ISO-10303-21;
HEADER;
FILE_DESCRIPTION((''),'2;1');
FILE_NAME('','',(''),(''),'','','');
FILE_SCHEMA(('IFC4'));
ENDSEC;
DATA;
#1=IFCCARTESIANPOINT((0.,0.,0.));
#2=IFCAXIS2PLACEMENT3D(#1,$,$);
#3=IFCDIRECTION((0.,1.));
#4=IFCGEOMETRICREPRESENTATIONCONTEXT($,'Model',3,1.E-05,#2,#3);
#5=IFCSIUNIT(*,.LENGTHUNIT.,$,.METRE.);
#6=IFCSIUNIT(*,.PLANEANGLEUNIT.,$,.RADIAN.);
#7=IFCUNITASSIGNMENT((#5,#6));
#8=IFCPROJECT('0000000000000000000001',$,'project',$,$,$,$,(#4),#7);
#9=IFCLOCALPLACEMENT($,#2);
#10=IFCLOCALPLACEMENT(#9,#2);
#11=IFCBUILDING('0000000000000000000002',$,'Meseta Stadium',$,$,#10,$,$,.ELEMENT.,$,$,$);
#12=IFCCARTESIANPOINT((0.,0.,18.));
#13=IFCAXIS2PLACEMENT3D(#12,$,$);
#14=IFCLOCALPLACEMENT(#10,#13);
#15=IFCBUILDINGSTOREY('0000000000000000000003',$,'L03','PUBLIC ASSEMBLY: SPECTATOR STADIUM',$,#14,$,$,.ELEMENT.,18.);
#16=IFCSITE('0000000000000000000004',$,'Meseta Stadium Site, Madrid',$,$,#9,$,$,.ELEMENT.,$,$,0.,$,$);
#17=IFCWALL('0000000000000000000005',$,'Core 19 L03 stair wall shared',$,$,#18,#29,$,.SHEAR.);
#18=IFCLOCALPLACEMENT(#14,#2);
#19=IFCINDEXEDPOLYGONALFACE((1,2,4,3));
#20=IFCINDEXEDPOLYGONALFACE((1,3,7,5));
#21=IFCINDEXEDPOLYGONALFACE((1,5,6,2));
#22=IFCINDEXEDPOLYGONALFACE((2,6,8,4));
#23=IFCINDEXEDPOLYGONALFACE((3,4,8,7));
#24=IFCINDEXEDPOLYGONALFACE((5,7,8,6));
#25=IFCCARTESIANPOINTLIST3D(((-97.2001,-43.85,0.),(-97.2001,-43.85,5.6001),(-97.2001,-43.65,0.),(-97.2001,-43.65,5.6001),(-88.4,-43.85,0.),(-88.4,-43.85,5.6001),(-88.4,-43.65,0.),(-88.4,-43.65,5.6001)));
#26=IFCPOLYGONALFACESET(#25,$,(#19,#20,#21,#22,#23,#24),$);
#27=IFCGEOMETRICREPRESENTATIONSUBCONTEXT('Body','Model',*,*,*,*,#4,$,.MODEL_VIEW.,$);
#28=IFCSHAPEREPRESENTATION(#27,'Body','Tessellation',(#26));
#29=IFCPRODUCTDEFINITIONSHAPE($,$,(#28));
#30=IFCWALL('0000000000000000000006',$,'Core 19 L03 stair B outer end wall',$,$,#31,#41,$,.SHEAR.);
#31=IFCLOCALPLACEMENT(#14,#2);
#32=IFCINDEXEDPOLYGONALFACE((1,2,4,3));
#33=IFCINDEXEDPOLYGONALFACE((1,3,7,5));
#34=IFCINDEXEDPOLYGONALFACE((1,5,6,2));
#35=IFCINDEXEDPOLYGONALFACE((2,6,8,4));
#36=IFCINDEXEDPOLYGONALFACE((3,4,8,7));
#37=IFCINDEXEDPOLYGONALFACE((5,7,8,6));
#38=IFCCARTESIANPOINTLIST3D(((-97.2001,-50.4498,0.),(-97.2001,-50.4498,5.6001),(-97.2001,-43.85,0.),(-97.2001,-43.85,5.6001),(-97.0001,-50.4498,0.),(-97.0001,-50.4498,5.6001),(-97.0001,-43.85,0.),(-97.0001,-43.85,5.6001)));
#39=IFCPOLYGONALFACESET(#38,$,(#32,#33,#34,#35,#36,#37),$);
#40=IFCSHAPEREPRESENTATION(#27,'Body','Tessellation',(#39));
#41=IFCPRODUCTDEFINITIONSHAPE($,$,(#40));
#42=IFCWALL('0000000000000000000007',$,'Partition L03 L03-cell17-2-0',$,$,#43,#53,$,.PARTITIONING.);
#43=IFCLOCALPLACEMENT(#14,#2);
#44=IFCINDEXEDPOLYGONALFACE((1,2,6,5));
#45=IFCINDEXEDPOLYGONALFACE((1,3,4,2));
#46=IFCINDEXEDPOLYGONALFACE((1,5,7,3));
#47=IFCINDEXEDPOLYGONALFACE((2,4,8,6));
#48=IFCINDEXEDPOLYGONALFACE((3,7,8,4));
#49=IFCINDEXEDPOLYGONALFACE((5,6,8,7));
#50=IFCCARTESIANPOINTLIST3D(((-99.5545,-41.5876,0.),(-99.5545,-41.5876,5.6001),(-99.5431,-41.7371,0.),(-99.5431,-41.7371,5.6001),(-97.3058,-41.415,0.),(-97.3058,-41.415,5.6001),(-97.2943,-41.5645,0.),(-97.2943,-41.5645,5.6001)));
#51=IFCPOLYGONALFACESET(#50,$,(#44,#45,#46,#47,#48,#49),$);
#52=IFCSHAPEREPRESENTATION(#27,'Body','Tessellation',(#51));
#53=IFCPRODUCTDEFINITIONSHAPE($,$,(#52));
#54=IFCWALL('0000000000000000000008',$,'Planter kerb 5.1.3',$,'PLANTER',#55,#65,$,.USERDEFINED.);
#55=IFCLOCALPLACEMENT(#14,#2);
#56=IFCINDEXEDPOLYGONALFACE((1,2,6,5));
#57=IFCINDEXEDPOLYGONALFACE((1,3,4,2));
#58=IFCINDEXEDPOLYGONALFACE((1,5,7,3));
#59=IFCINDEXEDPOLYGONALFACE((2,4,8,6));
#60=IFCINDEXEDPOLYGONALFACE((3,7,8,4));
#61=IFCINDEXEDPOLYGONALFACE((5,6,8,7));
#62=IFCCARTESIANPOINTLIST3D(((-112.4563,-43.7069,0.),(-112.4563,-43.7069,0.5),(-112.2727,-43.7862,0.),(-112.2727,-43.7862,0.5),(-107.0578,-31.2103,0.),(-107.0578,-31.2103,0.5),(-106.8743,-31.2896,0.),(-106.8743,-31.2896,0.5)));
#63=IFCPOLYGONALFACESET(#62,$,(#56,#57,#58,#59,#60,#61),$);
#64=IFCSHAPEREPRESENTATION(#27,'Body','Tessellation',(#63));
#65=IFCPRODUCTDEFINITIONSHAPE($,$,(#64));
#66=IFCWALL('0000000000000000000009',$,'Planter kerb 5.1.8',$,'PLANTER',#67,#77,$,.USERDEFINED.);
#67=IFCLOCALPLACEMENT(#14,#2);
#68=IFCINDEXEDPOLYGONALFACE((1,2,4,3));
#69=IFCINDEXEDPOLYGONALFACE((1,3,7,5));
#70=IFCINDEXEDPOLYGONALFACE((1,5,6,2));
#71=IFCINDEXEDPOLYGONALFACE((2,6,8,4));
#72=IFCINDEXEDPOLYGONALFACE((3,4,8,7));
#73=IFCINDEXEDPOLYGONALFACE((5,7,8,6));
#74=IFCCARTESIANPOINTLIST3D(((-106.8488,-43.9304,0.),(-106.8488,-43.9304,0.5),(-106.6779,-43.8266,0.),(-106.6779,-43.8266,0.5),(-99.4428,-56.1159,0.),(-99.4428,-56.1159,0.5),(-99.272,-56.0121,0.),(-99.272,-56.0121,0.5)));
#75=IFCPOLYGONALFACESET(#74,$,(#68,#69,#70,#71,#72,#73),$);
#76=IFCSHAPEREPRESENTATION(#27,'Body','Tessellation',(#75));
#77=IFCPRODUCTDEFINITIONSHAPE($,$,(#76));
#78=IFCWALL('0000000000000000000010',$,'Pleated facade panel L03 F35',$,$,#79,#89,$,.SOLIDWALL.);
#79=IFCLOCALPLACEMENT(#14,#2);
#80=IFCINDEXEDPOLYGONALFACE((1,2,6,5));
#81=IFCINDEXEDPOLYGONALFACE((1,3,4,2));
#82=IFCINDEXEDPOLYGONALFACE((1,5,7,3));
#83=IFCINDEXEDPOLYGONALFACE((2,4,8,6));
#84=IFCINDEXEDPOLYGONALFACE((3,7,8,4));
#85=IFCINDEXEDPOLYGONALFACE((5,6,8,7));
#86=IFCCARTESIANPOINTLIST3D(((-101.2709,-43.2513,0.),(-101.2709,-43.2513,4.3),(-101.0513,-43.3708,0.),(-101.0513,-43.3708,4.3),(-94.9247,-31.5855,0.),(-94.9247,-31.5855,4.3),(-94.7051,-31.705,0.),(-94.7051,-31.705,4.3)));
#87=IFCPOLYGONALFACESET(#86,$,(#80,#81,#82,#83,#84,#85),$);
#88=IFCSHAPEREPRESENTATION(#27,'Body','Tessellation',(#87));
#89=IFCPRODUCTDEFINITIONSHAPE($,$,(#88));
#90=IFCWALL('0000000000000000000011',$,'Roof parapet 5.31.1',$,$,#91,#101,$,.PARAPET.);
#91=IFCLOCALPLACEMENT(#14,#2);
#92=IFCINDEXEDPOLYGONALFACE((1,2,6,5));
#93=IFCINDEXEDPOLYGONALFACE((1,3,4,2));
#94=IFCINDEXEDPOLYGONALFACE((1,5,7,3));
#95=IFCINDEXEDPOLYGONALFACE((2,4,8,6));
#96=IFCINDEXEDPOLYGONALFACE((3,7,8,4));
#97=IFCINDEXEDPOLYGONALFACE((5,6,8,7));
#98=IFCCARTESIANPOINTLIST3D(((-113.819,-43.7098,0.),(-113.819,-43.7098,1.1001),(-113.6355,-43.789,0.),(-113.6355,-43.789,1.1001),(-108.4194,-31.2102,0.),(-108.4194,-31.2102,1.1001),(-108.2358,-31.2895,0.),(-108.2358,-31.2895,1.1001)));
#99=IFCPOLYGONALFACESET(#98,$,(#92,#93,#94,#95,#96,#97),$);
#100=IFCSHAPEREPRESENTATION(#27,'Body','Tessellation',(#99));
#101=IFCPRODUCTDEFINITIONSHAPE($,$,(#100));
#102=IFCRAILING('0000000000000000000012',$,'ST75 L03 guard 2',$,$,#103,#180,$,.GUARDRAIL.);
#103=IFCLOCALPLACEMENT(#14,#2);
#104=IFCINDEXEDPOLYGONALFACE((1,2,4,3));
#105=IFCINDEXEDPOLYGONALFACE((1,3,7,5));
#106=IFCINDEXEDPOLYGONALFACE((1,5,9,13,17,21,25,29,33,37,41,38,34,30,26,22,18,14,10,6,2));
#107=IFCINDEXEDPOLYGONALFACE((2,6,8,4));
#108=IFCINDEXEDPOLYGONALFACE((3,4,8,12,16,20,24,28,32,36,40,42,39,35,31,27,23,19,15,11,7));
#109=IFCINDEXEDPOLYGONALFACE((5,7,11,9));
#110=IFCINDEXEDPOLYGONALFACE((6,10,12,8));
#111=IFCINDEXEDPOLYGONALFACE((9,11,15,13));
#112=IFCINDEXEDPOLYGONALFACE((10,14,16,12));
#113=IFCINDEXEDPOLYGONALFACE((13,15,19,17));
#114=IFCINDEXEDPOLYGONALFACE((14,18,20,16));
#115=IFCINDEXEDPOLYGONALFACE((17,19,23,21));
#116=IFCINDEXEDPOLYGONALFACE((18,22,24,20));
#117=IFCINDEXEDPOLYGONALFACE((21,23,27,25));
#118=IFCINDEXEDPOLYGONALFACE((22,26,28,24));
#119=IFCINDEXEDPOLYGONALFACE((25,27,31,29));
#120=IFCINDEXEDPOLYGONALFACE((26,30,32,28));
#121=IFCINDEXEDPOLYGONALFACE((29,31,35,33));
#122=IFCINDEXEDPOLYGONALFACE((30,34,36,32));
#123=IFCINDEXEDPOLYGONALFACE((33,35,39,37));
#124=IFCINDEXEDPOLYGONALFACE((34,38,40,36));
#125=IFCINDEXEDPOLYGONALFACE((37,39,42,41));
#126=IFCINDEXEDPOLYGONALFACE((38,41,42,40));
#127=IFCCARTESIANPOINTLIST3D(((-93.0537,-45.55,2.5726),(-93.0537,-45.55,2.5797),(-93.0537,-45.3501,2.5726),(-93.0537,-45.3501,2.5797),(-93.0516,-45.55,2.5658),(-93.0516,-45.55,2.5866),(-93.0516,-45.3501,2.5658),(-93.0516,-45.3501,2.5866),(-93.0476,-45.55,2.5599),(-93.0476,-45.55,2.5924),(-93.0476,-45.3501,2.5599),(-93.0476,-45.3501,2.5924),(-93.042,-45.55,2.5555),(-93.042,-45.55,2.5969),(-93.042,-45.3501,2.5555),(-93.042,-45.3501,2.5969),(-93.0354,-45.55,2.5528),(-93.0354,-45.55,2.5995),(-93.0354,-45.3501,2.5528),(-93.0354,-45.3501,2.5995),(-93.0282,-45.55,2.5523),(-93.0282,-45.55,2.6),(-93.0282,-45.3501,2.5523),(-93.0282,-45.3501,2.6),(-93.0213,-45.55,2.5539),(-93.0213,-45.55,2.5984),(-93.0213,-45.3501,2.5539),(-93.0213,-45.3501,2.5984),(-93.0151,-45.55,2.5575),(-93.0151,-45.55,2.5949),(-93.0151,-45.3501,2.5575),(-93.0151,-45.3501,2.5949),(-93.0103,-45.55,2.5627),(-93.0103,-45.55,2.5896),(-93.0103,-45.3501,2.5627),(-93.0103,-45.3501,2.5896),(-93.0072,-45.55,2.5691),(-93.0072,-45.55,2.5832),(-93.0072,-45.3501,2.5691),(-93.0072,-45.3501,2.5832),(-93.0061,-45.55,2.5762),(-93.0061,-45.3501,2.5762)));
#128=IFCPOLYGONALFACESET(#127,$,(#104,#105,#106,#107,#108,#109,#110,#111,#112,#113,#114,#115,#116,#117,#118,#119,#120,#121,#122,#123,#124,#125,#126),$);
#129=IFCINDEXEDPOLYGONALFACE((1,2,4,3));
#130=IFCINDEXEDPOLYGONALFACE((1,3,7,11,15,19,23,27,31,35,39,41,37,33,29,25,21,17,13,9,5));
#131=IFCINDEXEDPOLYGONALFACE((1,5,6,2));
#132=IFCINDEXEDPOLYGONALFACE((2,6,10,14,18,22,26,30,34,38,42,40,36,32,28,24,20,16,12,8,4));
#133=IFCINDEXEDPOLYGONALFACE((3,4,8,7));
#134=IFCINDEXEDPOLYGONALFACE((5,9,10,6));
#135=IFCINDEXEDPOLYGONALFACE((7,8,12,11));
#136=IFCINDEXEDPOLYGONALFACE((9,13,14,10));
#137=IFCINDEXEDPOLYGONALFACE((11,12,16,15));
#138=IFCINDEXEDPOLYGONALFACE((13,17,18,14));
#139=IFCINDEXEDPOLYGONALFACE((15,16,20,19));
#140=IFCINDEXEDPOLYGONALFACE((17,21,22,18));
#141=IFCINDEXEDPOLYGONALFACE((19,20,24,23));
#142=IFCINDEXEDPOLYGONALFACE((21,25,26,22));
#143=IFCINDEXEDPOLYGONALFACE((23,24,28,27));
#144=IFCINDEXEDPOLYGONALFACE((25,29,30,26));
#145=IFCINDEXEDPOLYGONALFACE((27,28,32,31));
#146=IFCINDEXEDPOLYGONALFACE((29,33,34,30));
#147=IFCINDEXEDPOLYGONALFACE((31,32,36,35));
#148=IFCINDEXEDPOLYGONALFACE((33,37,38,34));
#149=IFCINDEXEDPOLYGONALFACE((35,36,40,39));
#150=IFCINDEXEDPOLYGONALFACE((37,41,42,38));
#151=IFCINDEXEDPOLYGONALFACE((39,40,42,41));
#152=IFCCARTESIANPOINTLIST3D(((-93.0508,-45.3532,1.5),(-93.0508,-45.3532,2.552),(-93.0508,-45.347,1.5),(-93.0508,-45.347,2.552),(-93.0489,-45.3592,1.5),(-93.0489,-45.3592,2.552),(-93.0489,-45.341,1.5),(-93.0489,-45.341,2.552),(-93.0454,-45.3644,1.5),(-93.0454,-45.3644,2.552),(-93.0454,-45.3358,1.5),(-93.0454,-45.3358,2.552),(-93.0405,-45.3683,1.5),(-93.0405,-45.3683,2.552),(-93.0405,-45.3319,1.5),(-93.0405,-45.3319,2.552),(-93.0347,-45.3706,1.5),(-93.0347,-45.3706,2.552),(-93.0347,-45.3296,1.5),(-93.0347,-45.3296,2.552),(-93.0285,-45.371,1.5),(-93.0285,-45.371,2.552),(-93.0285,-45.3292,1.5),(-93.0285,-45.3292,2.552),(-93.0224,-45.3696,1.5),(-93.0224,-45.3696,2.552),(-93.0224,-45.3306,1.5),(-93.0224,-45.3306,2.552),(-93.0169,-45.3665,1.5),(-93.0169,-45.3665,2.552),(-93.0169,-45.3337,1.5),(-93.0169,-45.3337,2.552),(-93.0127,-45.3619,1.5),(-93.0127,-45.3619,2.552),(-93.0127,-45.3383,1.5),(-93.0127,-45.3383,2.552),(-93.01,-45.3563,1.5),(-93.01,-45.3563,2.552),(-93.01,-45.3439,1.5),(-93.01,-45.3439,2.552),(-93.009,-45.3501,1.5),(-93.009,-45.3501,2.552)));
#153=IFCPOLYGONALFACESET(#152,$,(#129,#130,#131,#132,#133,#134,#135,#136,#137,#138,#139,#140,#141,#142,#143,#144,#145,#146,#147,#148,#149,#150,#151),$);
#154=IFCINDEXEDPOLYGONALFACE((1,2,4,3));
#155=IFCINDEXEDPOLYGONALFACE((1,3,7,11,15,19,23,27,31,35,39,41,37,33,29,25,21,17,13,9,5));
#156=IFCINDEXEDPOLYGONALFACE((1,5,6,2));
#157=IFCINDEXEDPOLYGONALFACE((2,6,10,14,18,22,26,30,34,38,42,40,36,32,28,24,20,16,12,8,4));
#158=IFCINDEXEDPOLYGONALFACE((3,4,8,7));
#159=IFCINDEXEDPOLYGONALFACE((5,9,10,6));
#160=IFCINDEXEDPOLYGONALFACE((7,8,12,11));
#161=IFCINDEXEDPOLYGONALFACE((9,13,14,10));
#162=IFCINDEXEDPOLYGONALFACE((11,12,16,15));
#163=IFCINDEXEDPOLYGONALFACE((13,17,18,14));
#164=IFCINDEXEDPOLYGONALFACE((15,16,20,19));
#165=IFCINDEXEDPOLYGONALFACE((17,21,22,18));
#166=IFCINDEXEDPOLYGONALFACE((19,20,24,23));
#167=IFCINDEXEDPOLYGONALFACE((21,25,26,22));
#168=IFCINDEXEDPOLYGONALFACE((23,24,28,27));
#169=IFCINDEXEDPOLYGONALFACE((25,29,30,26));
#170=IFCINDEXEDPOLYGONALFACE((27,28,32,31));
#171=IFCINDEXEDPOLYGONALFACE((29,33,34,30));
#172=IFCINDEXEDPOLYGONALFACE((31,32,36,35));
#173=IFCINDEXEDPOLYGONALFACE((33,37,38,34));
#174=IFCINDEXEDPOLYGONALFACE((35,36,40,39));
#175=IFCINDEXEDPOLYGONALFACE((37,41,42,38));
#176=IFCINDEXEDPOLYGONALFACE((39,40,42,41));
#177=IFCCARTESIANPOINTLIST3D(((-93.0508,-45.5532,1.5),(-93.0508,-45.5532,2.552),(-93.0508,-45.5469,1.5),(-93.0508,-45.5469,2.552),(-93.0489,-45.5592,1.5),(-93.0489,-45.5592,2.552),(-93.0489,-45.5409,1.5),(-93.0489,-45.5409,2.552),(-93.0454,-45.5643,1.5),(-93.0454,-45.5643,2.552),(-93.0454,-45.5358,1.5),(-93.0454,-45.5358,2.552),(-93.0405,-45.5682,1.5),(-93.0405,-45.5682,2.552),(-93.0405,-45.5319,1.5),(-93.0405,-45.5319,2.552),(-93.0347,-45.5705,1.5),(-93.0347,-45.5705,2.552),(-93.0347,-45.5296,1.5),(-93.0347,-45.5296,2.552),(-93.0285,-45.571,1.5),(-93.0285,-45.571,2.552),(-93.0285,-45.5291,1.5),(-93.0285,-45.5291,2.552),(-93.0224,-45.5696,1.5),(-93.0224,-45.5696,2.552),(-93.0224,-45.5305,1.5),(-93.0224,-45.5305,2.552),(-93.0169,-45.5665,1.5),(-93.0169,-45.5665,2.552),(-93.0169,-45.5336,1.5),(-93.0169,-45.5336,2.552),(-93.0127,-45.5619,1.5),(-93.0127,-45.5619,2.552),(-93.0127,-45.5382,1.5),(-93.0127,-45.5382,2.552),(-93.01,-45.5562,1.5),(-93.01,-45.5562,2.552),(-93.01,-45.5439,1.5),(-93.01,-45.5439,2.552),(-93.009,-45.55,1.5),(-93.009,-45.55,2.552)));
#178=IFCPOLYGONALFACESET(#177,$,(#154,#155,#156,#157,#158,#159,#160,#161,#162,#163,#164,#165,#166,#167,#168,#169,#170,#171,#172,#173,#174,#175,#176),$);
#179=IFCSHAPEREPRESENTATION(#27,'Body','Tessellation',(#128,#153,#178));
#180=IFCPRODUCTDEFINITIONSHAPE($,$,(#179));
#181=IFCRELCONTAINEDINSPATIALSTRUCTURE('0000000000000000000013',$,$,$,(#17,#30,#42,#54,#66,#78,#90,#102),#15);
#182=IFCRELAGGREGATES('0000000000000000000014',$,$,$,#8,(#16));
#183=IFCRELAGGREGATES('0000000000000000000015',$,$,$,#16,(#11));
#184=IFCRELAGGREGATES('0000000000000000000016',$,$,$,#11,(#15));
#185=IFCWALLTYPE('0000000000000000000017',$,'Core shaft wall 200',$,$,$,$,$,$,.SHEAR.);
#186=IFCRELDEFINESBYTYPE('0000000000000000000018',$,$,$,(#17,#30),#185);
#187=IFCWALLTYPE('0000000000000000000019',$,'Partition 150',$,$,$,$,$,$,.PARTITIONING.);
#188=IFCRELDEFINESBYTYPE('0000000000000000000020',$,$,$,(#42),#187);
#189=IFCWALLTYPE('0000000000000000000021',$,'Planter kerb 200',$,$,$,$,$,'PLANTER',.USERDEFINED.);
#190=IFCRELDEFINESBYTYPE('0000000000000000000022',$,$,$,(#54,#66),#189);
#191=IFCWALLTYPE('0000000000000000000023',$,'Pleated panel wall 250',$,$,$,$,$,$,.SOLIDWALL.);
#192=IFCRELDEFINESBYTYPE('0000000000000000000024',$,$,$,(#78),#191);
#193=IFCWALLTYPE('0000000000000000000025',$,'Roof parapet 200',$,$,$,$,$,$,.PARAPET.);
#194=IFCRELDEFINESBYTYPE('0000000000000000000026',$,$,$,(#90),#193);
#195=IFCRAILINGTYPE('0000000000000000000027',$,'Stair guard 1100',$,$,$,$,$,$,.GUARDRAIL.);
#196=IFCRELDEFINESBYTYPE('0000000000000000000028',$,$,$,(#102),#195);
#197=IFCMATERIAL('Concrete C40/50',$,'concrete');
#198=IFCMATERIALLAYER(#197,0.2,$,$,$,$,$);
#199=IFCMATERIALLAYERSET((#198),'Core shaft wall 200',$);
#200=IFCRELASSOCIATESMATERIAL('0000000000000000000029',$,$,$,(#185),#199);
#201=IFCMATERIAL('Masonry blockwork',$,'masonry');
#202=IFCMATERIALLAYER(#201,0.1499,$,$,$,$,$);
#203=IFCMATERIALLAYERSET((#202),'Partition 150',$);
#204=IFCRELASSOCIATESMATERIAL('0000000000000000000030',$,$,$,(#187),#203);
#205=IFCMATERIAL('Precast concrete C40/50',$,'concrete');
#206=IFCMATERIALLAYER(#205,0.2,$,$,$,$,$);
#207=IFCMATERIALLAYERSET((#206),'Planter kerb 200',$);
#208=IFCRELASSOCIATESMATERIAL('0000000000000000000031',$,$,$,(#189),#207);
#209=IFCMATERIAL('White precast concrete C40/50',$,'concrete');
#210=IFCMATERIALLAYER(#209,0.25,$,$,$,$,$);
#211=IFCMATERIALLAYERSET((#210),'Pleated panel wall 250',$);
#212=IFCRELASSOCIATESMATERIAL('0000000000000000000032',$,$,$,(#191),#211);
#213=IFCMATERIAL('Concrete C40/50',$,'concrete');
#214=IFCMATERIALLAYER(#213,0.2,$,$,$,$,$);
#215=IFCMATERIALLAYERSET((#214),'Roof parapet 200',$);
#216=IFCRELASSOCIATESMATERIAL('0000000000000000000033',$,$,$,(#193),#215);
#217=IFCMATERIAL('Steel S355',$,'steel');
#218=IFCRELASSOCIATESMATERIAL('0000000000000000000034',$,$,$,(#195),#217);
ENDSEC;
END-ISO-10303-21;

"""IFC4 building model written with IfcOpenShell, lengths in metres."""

from ifc_helpers import new_model, si_unit, direction, frame, frame_2d, origin, origin_2d, place, context, subcontext, project, spatial, rectangle, circle, extrude, material, layer, layer_set, type_object, element, save


model = new_model("IFC4")

# Units and contexts
model_context = context("Model", 3, precision=1e-05, world=origin(), true_north=direction((0.0, 1.0)))
body_context = subcontext(model_context, "Body", "Model", "MODEL_VIEW")
ifc_project = project(units=[si_unit("LENGTHUNIT", "METRE"), si_unit("PLANEANGLEUNIT", "RADIAN")], contexts=[model_context])

# Site, building, storey
site_placement = place(None, origin())
site = spatial("IfcSite", under=ifc_project, at=site_placement, Name="Meseta Stadium Site, Madrid", CompositionType="ELEMENT", RefElevation=0.0)
building_placement = place(site_placement, origin())
building = spatial("IfcBuilding", under=site, at=building_placement, Name="Meseta Stadium", CompositionType="ELEMENT")
storey_placement = place(building_placement, frame((0.0, 0.0, 18.0)))
storey = spatial("IfcBuildingStorey", under=building, at=storey_placement, Name="L03", Description="PUBLIC ASSEMBLY: SPECTATOR STADIUM", CompositionType="ELEMENT", Elevation=18.0)

# Walls
ifc_material_1 = material(Name="Concrete C40/50", Category="concrete")
ifc_layer_1 = layer(ifc_material_1, 0.2)
ifc_layer_set_1 = layer_set([ifc_layer_1], Name="Core shaft wall 200")
wall_type_1 = type_object("IfcWallType", Name="Core shaft wall 200", PredefinedType="SHEAR", material=ifc_layer_set_1)
wall_1_placement = place(storey_placement, frame((-97.2, -43.75, 0.0), z_axis=(0.0, 0.0, 1.0), x_axis=(1.0, 0.0, 0.0)))
element("IfcWall", 1, at=wall_1_placement, inside=storey, type_object=wall_type_1, Name="Core 19 L03 stair wall shared", PredefinedType="SHEAR", context=body_context, shape_type="SweptSolid", body=[
    extrude(rectangle(XDim=8.8, YDim=0.2, at=frame_2d((4.3999, 0.0))), origin(), (0.0, 0.0, 1.0), 5.6001),
])
wall_2_placement = place(storey_placement, frame((-97.1001, -43.8501, 0.0), z_axis=(0.0, 0.0, 1.0), x_axis=(0.0, -1.0, 0.0)))
element("IfcWall", 2, at=wall_2_placement, inside=storey, type_object=wall_type_1, Name="Core 19 L03 stair B outer end wall", PredefinedType="SHEAR", context=body_context, shape_type="SweptSolid", body=[
    extrude(rectangle(XDim=6.5999, YDim=0.2, at=frame_2d((3.2998, 0.0))), origin(), (0.0, 0.0, 1.0), 5.6001),
])
ifc_material_2 = material(Name="Masonry blockwork", Category="masonry")
ifc_layer_2 = layer(ifc_material_2, 0.1499)
ifc_layer_set_2 = layer_set([ifc_layer_2], Name="Partition 150")
wall_type_2 = type_object("IfcWallType", Name="Partition 150", PredefinedType="PARTITIONING", material=ifc_layer_set_2)
wall_3_placement = place(storey_placement, frame((-97.3, -41.4897, 0.0), z_axis=(0.0, 0.0, 1.0), x_axis=(-0.997067, -0.076531, 0.0)))
element("IfcWall", 3, at=wall_3_placement, inside=storey, type_object=wall_type_2, Name="Partition L03 L03-cell17-2-0", PredefinedType="PARTITIONING", context=body_context, shape_type="SweptSolid", body=[
    extrude(rectangle(XDim=2.2554, YDim=0.1499, at=frame_2d((1.1277, 0.0))), origin(), (0.0, 0.0, 1.0), 5.6001),
])
ifc_material_3 = material(Name="Precast concrete C40/50", Category="concrete")
ifc_layer_3 = layer(ifc_material_3, 0.2)
ifc_layer_set_3 = layer_set([ifc_layer_3], Name="Planter kerb 200")
wall_type_3 = type_object("IfcWallType", Name="Planter kerb 200", ElementType="PLANTER", PredefinedType="USERDEFINED", material=ifc_layer_set_3)
wall_4_placement = place(storey_placement, frame((-112.3645, -43.7466, 0.0), z_axis=(0.0, 0.0, 1.0), x_axis=(0.396571, 0.918004, 0.0)))
element("IfcWall", 4, at=wall_4_placement, inside=storey, type_object=wall_type_3, Name="Planter kerb 5.1.3", ObjectType="PLANTER", PredefinedType="USERDEFINED", context=body_context, shape_type="SweptSolid", body=[
    extrude(rectangle(XDim=13.6128, YDim=0.2, at=frame_2d((6.8064, 0.0))), origin(), (0.0, 0.0, 1.0), 0.5),
])
wall_5_placement = place(storey_placement, frame((-106.7634, -43.8784, 0.0), z_axis=(0.0, 0.0, 1.0), x_axis=(0.519369, -0.85455, 0.0)))
element("IfcWall", 5, at=wall_5_placement, inside=storey, type_object=wall_type_3, Name="Planter kerb 5.1.8", ObjectType="PLANTER", PredefinedType="USERDEFINED", context=body_context, shape_type="SweptSolid", body=[
    extrude(rectangle(XDim=14.2595, YDim=0.2, at=frame_2d((7.1299, 0.0))), origin(), (0.0, 0.0, 1.0), 0.5),
])
ifc_material_4 = material(Name="White precast concrete C40/50", Category="concrete")
ifc_layer_4 = layer(ifc_material_4, 0.25)
ifc_layer_set_4 = layer_set([ifc_layer_4], Name="Pleated panel wall 250")
wall_type_4 = type_object("IfcWallType", Name="Pleated panel wall 250", PredefinedType="SOLIDWALL", material=ifc_layer_set_4)
wall_6_placement = place(storey_placement, frame((-101.1611, -43.311, 0.0), z_axis=(0.0, 0.0, 1.0), x_axis=(0.477868, 0.878432, 0.0)))
element("IfcWall", 6, at=wall_6_placement, inside=storey, type_object=wall_type_4, Name="Pleated facade panel L03 F35", PredefinedType="SOLIDWALL", context=body_context, shape_type="SweptSolid", body=[
    extrude(rectangle(XDim=13.2803, YDim=0.25, at=frame_2d((6.6401, 0.0))), origin(), (0.0, 0.0, 1.0), 4.3),
])
ifc_material_5 = material(Name="Concrete C40/50", Category="concrete")
ifc_layer_5 = layer(ifc_material_5, 0.2)
ifc_layer_set_5 = layer_set([ifc_layer_5], Name="Roof parapet 200")
wall_type_5 = type_object("IfcWallType", Name="Roof parapet 200", PredefinedType="PARAPET", material=ifc_layer_set_5)
wall_7_placement = place(storey_placement, frame((-113.7273, -43.7495, 0.0), z_axis=(0.0, 0.0, 1.0), x_axis=(0.396569, 0.918005, 0.0)))
element("IfcWall", 7, at=wall_7_placement, inside=storey, type_object=wall_type_5, Name="Roof parapet 5.31.1", PredefinedType="PARAPET", context=body_context, shape_type="SweptSolid", body=[
    extrude(rectangle(XDim=13.616, YDim=0.2, at=frame_2d((6.8081, 0.0))), origin(), (0.0, 0.0, 1.0), 1.1001),
])

# Railing
ifc_material_6 = material(Name="Steel S355", Category="steel")
railing_type = type_object("IfcRailingType", Name="Stair guard 1100", PredefinedType="GUARDRAIL", material=ifc_material_6)
for number, where, name in (
    (8, (-93.03, -45.3501, 1.5), "ST75 L03 guard 2"),
):
    element("IfcRailing", number, at=place(storey_placement, frame(where)), inside=storey, type_object=railing_type, Name=name, PredefinedType="GUARDRAIL", context=body_context, shape_type="SweptSolid", body=[
        extrude(circle(Radius=0.0239, at=origin_2d()), frame((0.0, 0.0, 1.0762), z_axis=(0.0, -1.0, 0.0), x_axis=(1.0, 0.0, 0.0)), (0.0, 0.0, 1.0), 0.2),
        extrude(circle(Radius=0.021, at=origin_2d()), origin(), (0.0, 0.0, 1.0), 1.052),
        extrude(circle(Radius=0.021, at=origin_2d()), frame((0.0, -0.2, 0.0)), (0.0, 0.0, 1.0), 1.052),
    ])

save(model, "model.ifc")
